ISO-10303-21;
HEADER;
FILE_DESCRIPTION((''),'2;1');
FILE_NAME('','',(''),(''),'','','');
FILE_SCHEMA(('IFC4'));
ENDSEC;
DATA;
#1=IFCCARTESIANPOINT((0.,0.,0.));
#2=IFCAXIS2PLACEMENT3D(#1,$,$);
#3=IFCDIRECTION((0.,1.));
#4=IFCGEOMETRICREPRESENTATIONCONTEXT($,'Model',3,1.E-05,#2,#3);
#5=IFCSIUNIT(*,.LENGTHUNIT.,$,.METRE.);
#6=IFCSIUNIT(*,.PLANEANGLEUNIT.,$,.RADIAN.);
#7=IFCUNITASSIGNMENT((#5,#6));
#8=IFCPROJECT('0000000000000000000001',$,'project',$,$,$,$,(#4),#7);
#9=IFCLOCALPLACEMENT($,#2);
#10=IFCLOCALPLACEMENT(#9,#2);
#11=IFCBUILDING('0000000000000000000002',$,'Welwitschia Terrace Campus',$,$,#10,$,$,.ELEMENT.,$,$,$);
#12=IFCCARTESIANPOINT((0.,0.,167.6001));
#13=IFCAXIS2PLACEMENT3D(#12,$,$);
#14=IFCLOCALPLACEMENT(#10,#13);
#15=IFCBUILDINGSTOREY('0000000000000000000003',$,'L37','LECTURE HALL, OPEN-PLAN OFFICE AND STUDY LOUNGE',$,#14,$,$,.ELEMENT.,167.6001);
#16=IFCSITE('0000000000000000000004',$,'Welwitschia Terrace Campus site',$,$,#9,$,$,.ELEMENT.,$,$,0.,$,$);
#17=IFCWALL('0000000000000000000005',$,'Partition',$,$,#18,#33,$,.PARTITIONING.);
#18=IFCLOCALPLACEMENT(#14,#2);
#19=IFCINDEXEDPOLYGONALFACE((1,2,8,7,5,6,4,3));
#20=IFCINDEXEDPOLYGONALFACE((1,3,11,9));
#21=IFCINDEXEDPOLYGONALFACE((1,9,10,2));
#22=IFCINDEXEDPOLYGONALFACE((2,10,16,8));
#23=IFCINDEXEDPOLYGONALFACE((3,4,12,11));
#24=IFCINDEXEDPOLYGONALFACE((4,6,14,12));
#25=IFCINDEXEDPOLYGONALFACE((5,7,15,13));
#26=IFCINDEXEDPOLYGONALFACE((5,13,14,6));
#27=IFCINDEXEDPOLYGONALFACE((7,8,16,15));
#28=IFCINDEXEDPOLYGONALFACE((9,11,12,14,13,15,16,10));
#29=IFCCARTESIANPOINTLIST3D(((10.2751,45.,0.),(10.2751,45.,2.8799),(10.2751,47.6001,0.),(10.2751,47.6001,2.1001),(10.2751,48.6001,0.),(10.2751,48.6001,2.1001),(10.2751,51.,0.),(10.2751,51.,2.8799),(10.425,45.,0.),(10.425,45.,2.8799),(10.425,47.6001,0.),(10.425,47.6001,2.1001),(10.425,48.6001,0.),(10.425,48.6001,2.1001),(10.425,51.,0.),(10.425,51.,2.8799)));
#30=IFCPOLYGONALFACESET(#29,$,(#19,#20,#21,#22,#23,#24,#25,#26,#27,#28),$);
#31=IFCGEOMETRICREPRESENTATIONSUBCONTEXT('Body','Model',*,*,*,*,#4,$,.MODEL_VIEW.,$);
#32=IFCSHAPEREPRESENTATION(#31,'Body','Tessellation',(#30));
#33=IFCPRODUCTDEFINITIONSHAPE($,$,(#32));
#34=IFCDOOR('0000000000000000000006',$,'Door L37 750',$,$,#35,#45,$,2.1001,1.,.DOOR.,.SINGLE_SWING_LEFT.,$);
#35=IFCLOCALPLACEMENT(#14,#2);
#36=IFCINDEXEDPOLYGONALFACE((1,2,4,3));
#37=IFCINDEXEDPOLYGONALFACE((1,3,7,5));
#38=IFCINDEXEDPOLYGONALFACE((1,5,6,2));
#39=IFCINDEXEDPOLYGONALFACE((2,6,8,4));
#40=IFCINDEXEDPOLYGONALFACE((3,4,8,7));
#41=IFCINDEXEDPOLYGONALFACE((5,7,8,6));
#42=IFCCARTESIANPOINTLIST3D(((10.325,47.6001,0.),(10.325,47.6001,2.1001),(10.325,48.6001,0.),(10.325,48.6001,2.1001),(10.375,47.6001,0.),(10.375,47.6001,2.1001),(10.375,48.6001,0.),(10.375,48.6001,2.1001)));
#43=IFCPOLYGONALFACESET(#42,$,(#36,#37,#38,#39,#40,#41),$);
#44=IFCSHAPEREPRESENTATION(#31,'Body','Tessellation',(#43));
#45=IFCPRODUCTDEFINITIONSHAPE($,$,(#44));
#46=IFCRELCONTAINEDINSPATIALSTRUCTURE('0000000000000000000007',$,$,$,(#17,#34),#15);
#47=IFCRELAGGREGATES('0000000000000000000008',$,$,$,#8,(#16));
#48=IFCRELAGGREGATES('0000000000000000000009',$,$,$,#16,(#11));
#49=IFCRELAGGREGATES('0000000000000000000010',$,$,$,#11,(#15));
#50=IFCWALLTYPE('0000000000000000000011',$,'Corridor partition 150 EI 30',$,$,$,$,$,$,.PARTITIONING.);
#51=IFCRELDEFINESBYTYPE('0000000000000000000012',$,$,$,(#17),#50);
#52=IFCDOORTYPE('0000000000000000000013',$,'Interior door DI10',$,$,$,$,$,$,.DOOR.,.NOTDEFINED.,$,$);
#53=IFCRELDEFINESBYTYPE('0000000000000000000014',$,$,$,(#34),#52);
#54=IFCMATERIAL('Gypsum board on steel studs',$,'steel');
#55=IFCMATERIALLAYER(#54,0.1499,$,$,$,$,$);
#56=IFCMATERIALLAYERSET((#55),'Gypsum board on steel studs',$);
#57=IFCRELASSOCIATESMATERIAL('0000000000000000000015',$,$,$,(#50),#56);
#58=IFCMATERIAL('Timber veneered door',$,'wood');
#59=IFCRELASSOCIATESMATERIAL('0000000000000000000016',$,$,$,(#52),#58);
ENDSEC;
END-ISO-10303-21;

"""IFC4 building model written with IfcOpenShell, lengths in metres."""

from ifc_helpers import new_model, si_unit, direction, frame, frame_2d, origin, place, context, subcontext, project, spatial, rectangle, extrude, material, layer, layer_set, type_object, element, fill, save


model = new_model("IFC4")

# Units and contexts
model_context = context("Model", 3, precision=1e-05, world=origin(), true_north=direction((0.0, 1.0)))
body_context = subcontext(model_context, "Body", "Model", "MODEL_VIEW")
ifc_project = project(units=[si_unit("LENGTHUNIT", "METRE"), si_unit("PLANEANGLEUNIT", "RADIAN")], contexts=[model_context])

# Site, building, storey
site_placement = place(None, origin())
site = spatial("IfcSite", under=ifc_project, at=site_placement, Name="Welwitschia Terrace Campus site", CompositionType="ELEMENT", RefElevation=0.0)
building_placement = place(site_placement, origin())
building = spatial("IfcBuilding", under=site, at=building_placement, Name="Welwitschia Terrace Campus", CompositionType="ELEMENT")
storey_placement = place(building_placement, frame((0.0, 0.0, 167.6001)))
storey = spatial("IfcBuildingStorey", under=building, at=storey_placement, Name="L37", Description="LECTURE HALL, OPEN-PLAN OFFICE AND STUDY LOUNGE", CompositionType="ELEMENT", Elevation=167.6001)

# Shared definitions
ifc_material_1 = material(Name="Gypsum board on steel studs", Category="steel")
ifc_layer_1 = layer(ifc_material_1, 0.1499)
ifc_layer_set_1 = layer_set([ifc_layer_1], Name="Gypsum board on steel studs")
wall_type = type_object("IfcWallType", Name="Corridor partition 150 EI 30", PredefinedType="PARTITIONING", material=ifc_layer_set_1)

# Shared definitions
ifc_material_2 = material(Name="Timber veneered door", Category="wood")
door_type_1 = type_object("IfcDoorType", Name="Interior door DI10", OperationType="NOTDEFINED", PredefinedType="DOOR", material=ifc_material_2)

# Wall, opening, door
wall_1_placement = place(storey_placement, frame((10.3501, 51.0, 0.0), z_axis=(0.0, 0.0, 1.0), x_axis=(0.0, -1.0, 0.0)))
wall_1 = element("IfcWall", 1, at=wall_1_placement, inside=storey, type_object=wall_type, Name="Partition", PredefinedType="PARTITIONING", context=body_context, shape_type="SweptSolid", body=[
    extrude(rectangle(XDim=6.0, YDim=0.1499, at=frame_2d((3.0, 0.0))), origin(), (0.0, 0.0, 1.0), 2.8799),
])
opening_1_placement = place(wall_1_placement, frame((2.3999, 0.0, 0.0)))
opening_1 = element("IfcOpeningElement", 2, at=opening_1_placement, cuts=wall_1, PredefinedType="OPENING", context=body_context, shape_type="SweptSolid", body=[
    extrude(rectangle(XDim=1.0, YDim=2.1001, at=frame_2d((0.5, 1.05))), frame((0.0, 0.085, 0.0), z_axis=(0.0, -1.0, 0.0), x_axis=(1.0, 0.0, 0.0)), (0.0, 0.0, 1.0), 0.1699),
])
door_1_placement = place(opening_1_placement, origin())
door_1 = element("IfcDoor", 3, at=door_1_placement, inside=storey, type_object=door_type_1, Name="Door L37 750", OperationType="SINGLE_SWING_LEFT", OverallHeight=2.1001, OverallWidth=1.0, PredefinedType="DOOR", context=body_context, shape_type="SweptSolid", body=[
    extrude(rectangle(XDim=1.0, YDim=2.1001, at=frame_2d((0.5, 1.05))), frame((0.0, 0.0249, 0.0), z_axis=(0.0, -1.0, 0.0), x_axis=(1.0, 0.0, 0.0)), (0.0, 0.0, 1.0), 0.05),
])
fill(opening_1, door_1)

save(model, "model.ifc")
